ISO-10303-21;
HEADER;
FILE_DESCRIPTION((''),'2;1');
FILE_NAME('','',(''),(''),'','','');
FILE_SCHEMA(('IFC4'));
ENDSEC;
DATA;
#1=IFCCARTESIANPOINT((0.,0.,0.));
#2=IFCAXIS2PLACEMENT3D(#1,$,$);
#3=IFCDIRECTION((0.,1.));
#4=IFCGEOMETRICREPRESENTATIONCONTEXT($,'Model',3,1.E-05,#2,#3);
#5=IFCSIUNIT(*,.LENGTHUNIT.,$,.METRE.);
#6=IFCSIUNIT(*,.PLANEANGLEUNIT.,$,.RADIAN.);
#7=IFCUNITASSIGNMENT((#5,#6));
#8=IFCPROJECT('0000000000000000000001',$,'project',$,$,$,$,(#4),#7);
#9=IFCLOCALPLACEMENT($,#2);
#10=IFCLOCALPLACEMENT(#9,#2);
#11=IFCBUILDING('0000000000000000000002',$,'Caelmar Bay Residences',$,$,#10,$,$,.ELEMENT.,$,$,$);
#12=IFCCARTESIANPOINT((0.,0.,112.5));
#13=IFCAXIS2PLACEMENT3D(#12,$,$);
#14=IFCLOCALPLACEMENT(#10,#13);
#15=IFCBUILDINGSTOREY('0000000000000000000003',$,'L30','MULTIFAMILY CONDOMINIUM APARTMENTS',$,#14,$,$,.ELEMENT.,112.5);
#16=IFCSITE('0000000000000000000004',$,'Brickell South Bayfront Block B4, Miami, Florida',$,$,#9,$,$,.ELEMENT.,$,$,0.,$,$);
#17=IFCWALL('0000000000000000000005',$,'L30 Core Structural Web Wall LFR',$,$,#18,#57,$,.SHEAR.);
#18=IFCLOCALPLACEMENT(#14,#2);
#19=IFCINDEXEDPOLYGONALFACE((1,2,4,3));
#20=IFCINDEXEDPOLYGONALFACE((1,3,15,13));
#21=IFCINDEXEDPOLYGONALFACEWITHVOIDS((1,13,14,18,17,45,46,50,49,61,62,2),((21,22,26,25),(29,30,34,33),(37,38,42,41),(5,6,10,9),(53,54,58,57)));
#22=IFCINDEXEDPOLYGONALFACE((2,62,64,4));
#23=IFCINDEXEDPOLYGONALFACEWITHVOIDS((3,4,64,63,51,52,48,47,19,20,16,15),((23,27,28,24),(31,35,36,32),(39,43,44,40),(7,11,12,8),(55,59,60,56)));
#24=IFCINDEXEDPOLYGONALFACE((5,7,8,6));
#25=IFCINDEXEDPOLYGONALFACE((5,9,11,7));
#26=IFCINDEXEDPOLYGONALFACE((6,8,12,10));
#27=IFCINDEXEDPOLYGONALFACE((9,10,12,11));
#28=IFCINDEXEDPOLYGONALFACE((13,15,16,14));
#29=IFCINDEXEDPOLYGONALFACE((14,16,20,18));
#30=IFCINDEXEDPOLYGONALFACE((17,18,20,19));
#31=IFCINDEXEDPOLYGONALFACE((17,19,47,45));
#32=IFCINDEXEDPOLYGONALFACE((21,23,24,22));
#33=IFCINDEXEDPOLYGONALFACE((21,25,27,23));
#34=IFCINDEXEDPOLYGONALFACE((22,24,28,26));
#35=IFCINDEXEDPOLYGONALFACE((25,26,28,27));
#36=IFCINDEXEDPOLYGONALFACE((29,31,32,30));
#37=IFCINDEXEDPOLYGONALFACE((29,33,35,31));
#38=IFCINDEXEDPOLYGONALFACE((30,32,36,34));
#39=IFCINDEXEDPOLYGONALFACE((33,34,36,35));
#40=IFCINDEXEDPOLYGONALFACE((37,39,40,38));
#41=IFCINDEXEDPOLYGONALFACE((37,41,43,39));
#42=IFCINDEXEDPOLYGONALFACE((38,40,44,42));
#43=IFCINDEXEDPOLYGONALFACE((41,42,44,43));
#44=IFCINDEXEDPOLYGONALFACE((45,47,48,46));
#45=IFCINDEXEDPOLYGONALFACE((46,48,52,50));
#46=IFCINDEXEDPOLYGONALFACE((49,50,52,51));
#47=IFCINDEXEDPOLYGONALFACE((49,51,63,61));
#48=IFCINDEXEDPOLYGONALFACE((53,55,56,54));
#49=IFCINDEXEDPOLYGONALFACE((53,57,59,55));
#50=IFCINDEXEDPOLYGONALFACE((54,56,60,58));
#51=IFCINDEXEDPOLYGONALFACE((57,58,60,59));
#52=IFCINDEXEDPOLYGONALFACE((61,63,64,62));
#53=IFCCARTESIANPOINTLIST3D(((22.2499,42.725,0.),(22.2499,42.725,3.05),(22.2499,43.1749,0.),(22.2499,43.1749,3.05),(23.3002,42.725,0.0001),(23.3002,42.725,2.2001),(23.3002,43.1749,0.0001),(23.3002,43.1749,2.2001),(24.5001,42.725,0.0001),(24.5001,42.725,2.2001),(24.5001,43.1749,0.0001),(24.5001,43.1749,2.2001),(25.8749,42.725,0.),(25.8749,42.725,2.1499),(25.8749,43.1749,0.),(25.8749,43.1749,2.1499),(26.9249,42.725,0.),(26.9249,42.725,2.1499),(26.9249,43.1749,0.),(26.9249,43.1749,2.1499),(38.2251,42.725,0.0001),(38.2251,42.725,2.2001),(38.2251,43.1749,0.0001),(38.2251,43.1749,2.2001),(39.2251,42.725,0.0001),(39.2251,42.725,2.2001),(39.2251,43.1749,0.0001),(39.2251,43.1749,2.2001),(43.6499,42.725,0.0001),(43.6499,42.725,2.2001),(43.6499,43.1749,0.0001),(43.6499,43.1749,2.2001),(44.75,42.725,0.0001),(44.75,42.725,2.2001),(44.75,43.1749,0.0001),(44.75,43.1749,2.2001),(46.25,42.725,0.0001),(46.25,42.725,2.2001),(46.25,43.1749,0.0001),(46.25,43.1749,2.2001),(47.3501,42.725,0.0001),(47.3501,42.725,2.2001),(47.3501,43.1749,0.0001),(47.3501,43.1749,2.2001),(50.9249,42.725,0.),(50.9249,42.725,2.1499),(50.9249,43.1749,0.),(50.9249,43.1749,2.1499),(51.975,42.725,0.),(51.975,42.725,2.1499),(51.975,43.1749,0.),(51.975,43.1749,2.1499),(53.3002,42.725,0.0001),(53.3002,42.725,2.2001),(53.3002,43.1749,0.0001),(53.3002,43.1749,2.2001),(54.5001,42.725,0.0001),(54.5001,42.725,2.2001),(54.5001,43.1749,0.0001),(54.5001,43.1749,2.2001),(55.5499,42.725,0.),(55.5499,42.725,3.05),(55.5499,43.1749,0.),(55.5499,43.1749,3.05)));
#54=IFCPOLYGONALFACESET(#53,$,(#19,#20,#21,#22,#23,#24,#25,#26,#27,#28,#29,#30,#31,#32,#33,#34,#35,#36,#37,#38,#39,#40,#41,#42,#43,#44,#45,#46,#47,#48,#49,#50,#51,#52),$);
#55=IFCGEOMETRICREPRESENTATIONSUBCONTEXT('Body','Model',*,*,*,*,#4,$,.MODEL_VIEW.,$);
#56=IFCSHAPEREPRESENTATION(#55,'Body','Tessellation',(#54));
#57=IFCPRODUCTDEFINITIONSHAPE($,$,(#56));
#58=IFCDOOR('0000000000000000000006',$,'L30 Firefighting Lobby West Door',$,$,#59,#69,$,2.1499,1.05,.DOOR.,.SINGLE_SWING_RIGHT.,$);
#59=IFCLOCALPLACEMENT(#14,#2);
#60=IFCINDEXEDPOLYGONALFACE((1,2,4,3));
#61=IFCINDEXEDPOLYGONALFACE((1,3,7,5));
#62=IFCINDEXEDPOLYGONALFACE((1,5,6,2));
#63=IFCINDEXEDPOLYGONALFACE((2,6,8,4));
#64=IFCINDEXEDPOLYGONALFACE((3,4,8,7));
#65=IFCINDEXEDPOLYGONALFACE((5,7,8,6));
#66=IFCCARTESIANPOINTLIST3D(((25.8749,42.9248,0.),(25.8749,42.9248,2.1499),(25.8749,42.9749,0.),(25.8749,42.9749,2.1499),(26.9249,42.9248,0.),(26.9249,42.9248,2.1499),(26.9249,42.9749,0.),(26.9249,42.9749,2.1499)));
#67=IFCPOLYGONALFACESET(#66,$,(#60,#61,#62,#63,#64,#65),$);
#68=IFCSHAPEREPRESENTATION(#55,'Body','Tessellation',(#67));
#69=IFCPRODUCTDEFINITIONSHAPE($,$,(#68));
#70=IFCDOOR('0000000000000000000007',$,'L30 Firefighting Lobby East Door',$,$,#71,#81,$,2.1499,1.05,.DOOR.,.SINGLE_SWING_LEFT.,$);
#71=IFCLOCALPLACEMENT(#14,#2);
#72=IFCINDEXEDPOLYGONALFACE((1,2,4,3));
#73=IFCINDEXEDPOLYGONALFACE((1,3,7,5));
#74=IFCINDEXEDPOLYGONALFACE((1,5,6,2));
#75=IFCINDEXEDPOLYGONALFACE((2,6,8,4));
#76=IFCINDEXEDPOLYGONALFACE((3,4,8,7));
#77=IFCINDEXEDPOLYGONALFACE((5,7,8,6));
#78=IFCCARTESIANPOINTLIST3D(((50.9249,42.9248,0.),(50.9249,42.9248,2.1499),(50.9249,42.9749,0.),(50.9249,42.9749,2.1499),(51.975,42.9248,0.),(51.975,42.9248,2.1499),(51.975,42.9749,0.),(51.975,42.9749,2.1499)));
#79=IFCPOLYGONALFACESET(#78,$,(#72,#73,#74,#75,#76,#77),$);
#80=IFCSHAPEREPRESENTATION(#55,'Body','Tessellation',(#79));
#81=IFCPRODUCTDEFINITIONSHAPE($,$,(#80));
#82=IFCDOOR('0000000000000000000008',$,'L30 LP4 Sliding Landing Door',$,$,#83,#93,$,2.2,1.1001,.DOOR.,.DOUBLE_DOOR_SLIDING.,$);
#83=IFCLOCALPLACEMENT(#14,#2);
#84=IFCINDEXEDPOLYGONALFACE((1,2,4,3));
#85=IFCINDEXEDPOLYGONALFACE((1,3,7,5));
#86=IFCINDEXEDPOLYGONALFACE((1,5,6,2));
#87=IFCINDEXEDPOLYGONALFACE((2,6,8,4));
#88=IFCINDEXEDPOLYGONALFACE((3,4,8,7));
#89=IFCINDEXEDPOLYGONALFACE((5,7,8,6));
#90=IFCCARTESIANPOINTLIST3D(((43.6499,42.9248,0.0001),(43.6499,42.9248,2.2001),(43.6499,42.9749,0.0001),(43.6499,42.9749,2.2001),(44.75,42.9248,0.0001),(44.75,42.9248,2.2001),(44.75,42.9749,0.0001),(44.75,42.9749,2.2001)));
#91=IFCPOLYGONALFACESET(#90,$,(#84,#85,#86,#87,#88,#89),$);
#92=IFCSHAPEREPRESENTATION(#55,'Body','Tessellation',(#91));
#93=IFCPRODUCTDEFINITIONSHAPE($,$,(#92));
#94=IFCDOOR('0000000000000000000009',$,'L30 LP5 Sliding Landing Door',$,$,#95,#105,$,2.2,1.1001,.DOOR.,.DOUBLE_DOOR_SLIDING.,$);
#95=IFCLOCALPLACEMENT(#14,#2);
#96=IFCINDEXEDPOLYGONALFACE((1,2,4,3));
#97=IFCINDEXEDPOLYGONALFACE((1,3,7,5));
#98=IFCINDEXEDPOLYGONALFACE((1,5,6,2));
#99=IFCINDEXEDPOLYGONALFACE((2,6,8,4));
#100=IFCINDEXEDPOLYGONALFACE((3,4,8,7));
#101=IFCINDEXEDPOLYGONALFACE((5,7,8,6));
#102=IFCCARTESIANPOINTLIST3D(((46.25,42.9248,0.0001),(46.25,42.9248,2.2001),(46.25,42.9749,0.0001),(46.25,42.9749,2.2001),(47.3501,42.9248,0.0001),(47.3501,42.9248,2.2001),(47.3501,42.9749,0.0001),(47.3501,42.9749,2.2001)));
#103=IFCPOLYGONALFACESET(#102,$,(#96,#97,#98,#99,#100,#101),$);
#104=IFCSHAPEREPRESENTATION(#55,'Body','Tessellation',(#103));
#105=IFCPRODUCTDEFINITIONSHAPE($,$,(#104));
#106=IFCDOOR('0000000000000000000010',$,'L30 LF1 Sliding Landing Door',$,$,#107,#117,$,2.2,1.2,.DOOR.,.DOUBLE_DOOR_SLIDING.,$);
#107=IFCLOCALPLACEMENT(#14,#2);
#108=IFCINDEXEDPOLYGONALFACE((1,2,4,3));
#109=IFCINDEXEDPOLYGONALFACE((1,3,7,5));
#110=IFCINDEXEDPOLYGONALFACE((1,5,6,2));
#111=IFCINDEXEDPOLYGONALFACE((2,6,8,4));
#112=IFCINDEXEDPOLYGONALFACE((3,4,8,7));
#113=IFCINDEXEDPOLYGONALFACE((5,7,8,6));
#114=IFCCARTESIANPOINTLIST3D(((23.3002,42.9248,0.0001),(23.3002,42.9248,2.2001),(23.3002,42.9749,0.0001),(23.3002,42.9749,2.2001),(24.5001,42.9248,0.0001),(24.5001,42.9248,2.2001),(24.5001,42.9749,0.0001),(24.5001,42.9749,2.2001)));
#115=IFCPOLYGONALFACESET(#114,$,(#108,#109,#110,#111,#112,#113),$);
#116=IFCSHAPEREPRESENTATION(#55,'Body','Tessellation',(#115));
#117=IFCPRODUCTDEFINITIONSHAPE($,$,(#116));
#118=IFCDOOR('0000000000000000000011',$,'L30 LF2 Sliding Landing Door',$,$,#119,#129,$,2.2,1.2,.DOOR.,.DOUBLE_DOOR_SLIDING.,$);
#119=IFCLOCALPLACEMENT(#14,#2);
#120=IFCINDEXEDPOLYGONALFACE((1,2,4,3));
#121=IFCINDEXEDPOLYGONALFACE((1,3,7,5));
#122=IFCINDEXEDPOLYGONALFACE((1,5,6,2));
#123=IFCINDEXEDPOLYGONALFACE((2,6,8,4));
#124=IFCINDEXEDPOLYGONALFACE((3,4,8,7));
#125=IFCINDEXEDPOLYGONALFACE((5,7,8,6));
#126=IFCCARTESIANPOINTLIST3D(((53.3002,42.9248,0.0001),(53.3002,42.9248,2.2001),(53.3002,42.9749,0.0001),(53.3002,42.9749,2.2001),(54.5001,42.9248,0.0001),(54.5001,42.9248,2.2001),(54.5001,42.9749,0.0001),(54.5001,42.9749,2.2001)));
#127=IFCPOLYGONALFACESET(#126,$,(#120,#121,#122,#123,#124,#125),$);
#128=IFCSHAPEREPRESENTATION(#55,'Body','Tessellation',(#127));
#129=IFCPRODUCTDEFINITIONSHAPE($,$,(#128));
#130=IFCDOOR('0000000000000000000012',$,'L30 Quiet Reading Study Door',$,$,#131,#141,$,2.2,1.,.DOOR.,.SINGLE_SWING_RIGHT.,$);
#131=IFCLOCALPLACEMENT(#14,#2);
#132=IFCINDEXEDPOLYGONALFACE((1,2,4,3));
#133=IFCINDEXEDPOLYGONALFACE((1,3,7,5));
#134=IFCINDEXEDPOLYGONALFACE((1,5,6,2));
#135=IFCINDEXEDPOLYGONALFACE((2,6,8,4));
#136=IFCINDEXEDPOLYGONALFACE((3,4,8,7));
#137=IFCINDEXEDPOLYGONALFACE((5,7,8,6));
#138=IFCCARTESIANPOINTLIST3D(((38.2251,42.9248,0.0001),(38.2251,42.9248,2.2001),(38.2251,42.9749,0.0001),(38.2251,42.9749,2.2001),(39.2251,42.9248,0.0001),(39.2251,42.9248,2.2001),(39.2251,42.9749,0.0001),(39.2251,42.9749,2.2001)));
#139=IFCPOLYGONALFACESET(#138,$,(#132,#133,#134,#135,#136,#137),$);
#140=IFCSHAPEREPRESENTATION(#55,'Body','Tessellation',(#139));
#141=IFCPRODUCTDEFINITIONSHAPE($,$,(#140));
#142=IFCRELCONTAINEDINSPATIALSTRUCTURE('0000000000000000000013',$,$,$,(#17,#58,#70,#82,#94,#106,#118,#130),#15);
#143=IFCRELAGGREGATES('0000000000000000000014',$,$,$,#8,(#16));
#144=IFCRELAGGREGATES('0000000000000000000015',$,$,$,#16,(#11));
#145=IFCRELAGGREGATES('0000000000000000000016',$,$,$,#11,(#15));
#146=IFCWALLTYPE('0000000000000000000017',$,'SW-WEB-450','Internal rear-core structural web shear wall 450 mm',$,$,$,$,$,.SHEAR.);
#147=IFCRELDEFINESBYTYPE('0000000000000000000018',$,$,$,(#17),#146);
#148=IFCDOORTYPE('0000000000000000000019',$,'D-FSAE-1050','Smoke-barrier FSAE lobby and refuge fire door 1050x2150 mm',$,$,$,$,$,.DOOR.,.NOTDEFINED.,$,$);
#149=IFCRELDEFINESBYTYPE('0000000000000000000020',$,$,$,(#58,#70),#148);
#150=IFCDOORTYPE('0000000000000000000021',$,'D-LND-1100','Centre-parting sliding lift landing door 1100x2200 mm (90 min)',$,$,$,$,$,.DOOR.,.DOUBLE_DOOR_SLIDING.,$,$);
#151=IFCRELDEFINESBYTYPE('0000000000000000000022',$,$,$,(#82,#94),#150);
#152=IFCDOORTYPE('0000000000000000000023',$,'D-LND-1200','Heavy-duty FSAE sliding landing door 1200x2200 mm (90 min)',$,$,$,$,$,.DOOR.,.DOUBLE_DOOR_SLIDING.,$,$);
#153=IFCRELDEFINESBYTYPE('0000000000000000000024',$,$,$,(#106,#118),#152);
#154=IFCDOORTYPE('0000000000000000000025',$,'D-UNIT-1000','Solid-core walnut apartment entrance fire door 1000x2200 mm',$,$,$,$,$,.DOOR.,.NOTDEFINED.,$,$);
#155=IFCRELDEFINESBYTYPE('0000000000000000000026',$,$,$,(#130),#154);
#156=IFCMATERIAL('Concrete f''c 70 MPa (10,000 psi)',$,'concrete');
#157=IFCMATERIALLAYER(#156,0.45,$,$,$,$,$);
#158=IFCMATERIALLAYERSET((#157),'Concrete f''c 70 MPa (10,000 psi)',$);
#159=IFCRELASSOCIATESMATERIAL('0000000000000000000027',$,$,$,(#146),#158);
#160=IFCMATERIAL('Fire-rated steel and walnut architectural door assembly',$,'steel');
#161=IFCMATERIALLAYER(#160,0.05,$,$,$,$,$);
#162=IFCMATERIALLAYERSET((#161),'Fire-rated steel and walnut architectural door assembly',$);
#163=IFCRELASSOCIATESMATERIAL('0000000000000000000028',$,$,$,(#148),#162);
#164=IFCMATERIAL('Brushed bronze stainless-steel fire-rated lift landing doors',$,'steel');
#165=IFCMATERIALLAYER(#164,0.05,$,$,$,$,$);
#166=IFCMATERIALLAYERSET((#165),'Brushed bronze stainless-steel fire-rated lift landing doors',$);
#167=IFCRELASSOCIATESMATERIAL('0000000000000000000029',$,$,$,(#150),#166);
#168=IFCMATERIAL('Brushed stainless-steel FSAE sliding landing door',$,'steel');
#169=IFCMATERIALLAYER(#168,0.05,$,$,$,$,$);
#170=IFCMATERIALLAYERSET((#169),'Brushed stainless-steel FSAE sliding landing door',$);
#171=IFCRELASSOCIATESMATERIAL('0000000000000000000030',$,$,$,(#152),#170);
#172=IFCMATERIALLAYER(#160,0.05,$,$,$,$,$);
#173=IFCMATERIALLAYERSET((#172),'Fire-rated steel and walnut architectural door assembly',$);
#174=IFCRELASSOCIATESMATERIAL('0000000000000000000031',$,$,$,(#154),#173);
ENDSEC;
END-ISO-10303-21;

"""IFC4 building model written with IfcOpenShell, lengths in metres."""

from ifc_helpers import new_model, si_unit, direction, frame, frame_2d, origin, place, context, subcontext, project, spatial, rectangle, extrude, material, layer, layer_set, type_object, element, fill, save


model = new_model("IFC4")

# Units and contexts
model_context = context("Model", 3, precision=1e-05, world=origin(), true_north=direction((0.0, 1.0)))
body_context = subcontext(model_context, "Body", "Model", "MODEL_VIEW")
ifc_project = project(units=[si_unit("LENGTHUNIT", "METRE"), si_unit("PLANEANGLEUNIT", "RADIAN")], contexts=[model_context])

# Site, building, storey
site_placement = place(None, origin())
site = spatial("IfcSite", under=ifc_project, at=site_placement, Name="Brickell South Bayfront Block B4, Miami, Florida", CompositionType="ELEMENT", RefElevation=0.0)
building_placement = place(site_placement, origin())
building = spatial("IfcBuilding", under=site, at=building_placement, Name="Caelmar Bay Residences", CompositionType="ELEMENT")
storey_placement = place(building_placement, frame((0.0, 0.0, 112.5)))
storey = spatial("IfcBuildingStorey", under=building, at=storey_placement, Name="L30", Description="MULTIFAMILY CONDOMINIUM APARTMENTS", CompositionType="ELEMENT", Elevation=112.5)

# Shared definitions
ifc_material_1 = material(Name="Concrete f'c 70 MPa (10,000 psi)", Category="concrete")
ifc_layer_1 = layer(ifc_material_1, 0.45)
ifc_layer_set_1 = layer_set([ifc_layer_1], Name="Concrete f'c 70 MPa (10,000 psi)")
wall_type_1 = type_object("IfcWallType", Name="SW-WEB-450", Description="Internal rear-core structural web shear wall 450 mm", PredefinedType="SHEAR", material=ifc_layer_set_1)

# Wall, openings, doors
wall_1_placement = place(storey_placement, frame((22.25, 42.95, 0.0), z_axis=(0.0, 0.0, 1.0), x_axis=(1.0, 0.0, 0.0)))
wall_1 = element("IfcWall", 1, at=wall_1_placement, inside=storey, type_object=wall_type_1, Name="L30 Core Structural Web Wall LFR", PredefinedType="SHEAR", context=body_context, shape_type="SweptSolid", body=[
    extrude(rectangle(XDim=33.3, YDim=0.45, at=frame_2d((16.6499, 0.0))), origin(), (0.0, 0.0, 1.0), 3.05),
])
opening_1_placement = place(wall_1_placement, frame((1.05, 0.0, 0.0)))
opening_1 = element("IfcOpeningElement", 2, at=opening_1_placement, cuts=wall_1, PredefinedType="OPENING", context=body_context, shape_type="SweptSolid", body=[
    extrude(rectangle(XDim=1.2, YDim=2.2, at=frame_2d((0.6001, 1.1001))), frame((0.0, 0.2349, 0.0), z_axis=(0.0, -1.0, 0.0), x_axis=(1.0, 0.0, 0.0)), (0.0, 0.0, 1.0), 0.47),
])
opening_2_placement = place(wall_1_placement, frame((31.05, 0.0, 0.0)))
opening_2 = element("IfcOpeningElement", 3, at=opening_2_placement, cuts=wall_1, PredefinedType="OPENING", context=body_context, shape_type="SweptSolid", body=[
    extrude(rectangle(XDim=1.2, YDim=2.2, at=frame_2d((0.6001, 1.1001))), frame((0.0, 0.2349, 0.0), z_axis=(0.0, -1.0, 0.0), x_axis=(1.0, 0.0, 0.0)), (0.0, 0.0, 1.0), 0.47),
])
opening_3_placement = place(wall_1_placement, frame((21.3999, 0.0, 0.0)))
opening_3 = element("IfcOpeningElement", 4, at=opening_3_placement, cuts=wall_1, PredefinedType="OPENING", context=body_context, shape_type="SweptSolid", body=[
    extrude(rectangle(XDim=1.1001, YDim=2.2, at=frame_2d((0.55, 1.1001))), frame((0.0, 0.2349, 0.0), z_axis=(0.0, -1.0, 0.0), x_axis=(1.0, 0.0, 0.0)), (0.0, 0.0, 1.0), 0.47),
])
opening_4_placement = place(wall_1_placement, frame((24.0, 0.0, 0.0)))
opening_4 = element("IfcOpeningElement", 5, at=opening_4_placement, cuts=wall_1, PredefinedType="OPENING", context=body_context, shape_type="SweptSolid", body=[
    extrude(rectangle(XDim=1.1001, YDim=2.2, at=frame_2d((0.55, 1.1001))), frame((0.0, 0.2349, 0.0), z_axis=(0.0, -1.0, 0.0), x_axis=(1.0, 0.0, 0.0)), (0.0, 0.0, 1.0), 0.47),
])
opening_5_placement = place(wall_1_placement, frame((3.625, 0.0, 0.0)))
opening_5 = element("IfcOpeningElement", 6, at=opening_5_placement, cuts=wall_1, PredefinedType="OPENING", context=body_context, shape_type="SweptSolid", body=[
    extrude(rectangle(XDim=1.05, YDim=2.1499, at=frame_2d((0.5249, 1.075))), frame((0.0, 0.2349, 0.0), z_axis=(0.0, -1.0, 0.0), x_axis=(1.0, 0.0, 0.0)), (0.0, 0.0, 1.0), 0.47),
])
opening_6_placement = place(wall_1_placement, frame((28.675, 0.0, 0.0)))
opening_6 = element("IfcOpeningElement", 7, at=opening_6_placement, cuts=wall_1, PredefinedType="OPENING", context=body_context, shape_type="SweptSolid", body=[
    extrude(rectangle(XDim=1.05, YDim=2.1499, at=frame_2d((0.5249, 1.075))), frame((0.0, 0.2349, 0.0), z_axis=(0.0, -1.0, 0.0), x_axis=(1.0, 0.0, 0.0)), (0.0, 0.0, 1.0), 0.47),
])
opening_7_placement = place(wall_1_placement, frame((15.9751, 0.0, 0.0)))
opening_7 = element("IfcOpeningElement", 8, at=opening_7_placement, cuts=wall_1, PredefinedType="OPENING", context=body_context, shape_type="SweptSolid", body=[
    extrude(rectangle(XDim=1.0, YDim=2.2, at=frame_2d((0.5, 1.1001))), frame((0.0, 0.2349, 0.0), z_axis=(0.0, -1.0, 0.0), x_axis=(1.0, 0.0, 0.0)), (0.0, 0.0, 1.0), 0.47),
])
ifc_material_2 = material(Name="Fire-rated steel and walnut architectural door assembly", Category="steel")
ifc_layer_2 = layer(ifc_material_2, 0.05)
ifc_layer_set_2 = layer_set([ifc_layer_2], Name="Fire-rated steel and walnut architectural door assembly")
door_type_1 = type_object("IfcDoorType", Name="D-FSAE-1050", Description="Smoke-barrier FSAE lobby and refuge fire door 1050x2150 mm", OperationType="NOTDEFINED", PredefinedType="DOOR", material=ifc_layer_set_2)
door_1_placement = place(opening_5_placement, origin())
door_1 = element("IfcDoor", 9, at=door_1_placement, inside=storey, type_object=door_type_1, Name="L30 Firefighting Lobby West Door", OperationType="SINGLE_SWING_RIGHT", OverallHeight=2.1499, OverallWidth=1.05, PredefinedType="DOOR", context=body_context, shape_type="SweptSolid", body=[
    extrude(rectangle(XDim=1.05, YDim=2.1499, at=frame_2d((0.5249, 1.075))), frame((0.0, 0.0249, 0.0), z_axis=(0.0, -1.0, 0.0), x_axis=(1.0, 0.0, 0.0)), (0.0, 0.0, 1.0), 0.05),
])
fill(opening_5, door_1)
door_2_placement = place(opening_6_placement, origin())
door_2 = element("IfcDoor", 10, at=door_2_placement, inside=storey, type_object=door_type_1, Name="L30 Firefighting Lobby East Door", OperationType="SINGLE_SWING_LEFT", OverallHeight=2.1499, OverallWidth=1.05, PredefinedType="DOOR", context=body_context, shape_type="SweptSolid", body=[
    extrude(rectangle(XDim=1.05, YDim=2.1499, at=frame_2d((0.5249, 1.075))), frame((0.0, 0.0249, 0.0), z_axis=(0.0, -1.0, 0.0), x_axis=(1.0, 0.0, 0.0)), (0.0, 0.0, 1.0), 0.05),
])
fill(opening_6, door_2)
ifc_material_3 = material(Name="Brushed bronze stainless-steel fire-rated lift landing doors", Category="steel")
ifc_layer_3 = layer(ifc_material_3, 0.05)
ifc_layer_set_3 = layer_set([ifc_layer_3], Name="Brushed bronze stainless-steel fire-rated lift landing doors")
door_type_2 = type_object("IfcDoorType", Name="D-LND-1100", Description="Centre-parting sliding lift landing door 1100x2200 mm (90 min)", OperationType="DOUBLE_DOOR_SLIDING", PredefinedType="DOOR", material=ifc_layer_set_3)
door_3_placement = place(opening_3_placement, origin())
door_3 = element("IfcDoor", 11, at=door_3_placement, inside=storey, type_object=door_type_2, Name="L30 LP4 Sliding Landing Door", OperationType="DOUBLE_DOOR_SLIDING", OverallHeight=2.2, OverallWidth=1.1001, PredefinedType="DOOR", context=body_context, shape_type="SweptSolid", body=[
    extrude(rectangle(XDim=1.1001, YDim=2.2, at=frame_2d((0.55, 1.1001))), frame((0.0, 0.0249, 0.0), z_axis=(0.0, -1.0, 0.0), x_axis=(1.0, 0.0, 0.0)), (0.0, 0.0, 1.0), 0.05),
])
fill(opening_3, door_3)
door_4_placement = place(opening_4_placement, origin())
door_4 = element("IfcDoor", 12, at=door_4_placement, inside=storey, type_object=door_type_2, Name="L30 LP5 Sliding Landing Door", OperationType="DOUBLE_DOOR_SLIDING", OverallHeight=2.2, OverallWidth=1.1001, PredefinedType="DOOR", context=body_context, shape_type="SweptSolid", body=[
    extrude(rectangle(XDim=1.1001, YDim=2.2, at=frame_2d((0.55, 1.1001))), frame((0.0, 0.0249, 0.0), z_axis=(0.0, -1.0, 0.0), x_axis=(1.0, 0.0, 0.0)), (0.0, 0.0, 1.0), 0.05),
])
fill(opening_4, door_4)
ifc_material_4 = material(Name="Brushed stainless-steel FSAE sliding landing door", Category="steel")
ifc_layer_4 = layer(ifc_material_4, 0.05)
ifc_layer_set_4 = layer_set([ifc_layer_4], Name="Brushed stainless-steel FSAE sliding landing door")
door_type_3 = type_object("IfcDoorType", Name="D-LND-1200", Description="Heavy-duty FSAE sliding landing door 1200x2200 mm (90 min)", OperationType="DOUBLE_DOOR_SLIDING", PredefinedType="DOOR", material=ifc_layer_set_4)
door_5_placement = place(opening_1_placement, origin())
door_5 = element("IfcDoor", 13, at=door_5_placement, inside=storey, type_object=door_type_3, Name="L30 LF1 Sliding Landing Door", OperationType="DOUBLE_DOOR_SLIDING", OverallHeight=2.2, OverallWidth=1.2, PredefinedType="DOOR", context=body_context, shape_type="SweptSolid", body=[
    extrude(rectangle(XDim=1.2, YDim=2.2, at=frame_2d((0.6001, 1.1001))), frame((0.0, 0.0249, 0.0), z_axis=(0.0, -1.0, 0.0), x_axis=(1.0, 0.0, 0.0)), (0.0, 0.0, 1.0), 0.05),
])
fill(opening_1, door_5)
door_6_placement = place(opening_2_placement, origin())
door_6 = element("IfcDoor", 14, at=door_6_placement, inside=storey, type_object=door_type_3, Name="L30 LF2 Sliding Landing Door", OperationType="DOUBLE_DOOR_SLIDING", OverallHeight=2.2, OverallWidth=1.2, PredefinedType="DOOR", context=body_context, shape_type="SweptSolid", body=[
    extrude(rectangle(XDim=1.2, YDim=2.2, at=frame_2d((0.6001, 1.1001))), frame((0.0, 0.0249, 0.0), z_axis=(0.0, -1.0, 0.0), x_axis=(1.0, 0.0, 0.0)), (0.0, 0.0, 1.0), 0.05),
])
fill(opening_2, door_6)
ifc_layer_5 = layer(ifc_material_2, 0.05)
ifc_layer_set_5 = layer_set([ifc_layer_5], Name="Fire-rated steel and walnut architectural door assembly")
door_type_4 = type_object("IfcDoorType", Name="D-UNIT-1000", Description="Solid-core walnut apartment entrance fire door 1000x2200 mm", OperationType="NOTDEFINED", PredefinedType="DOOR", material=ifc_layer_set_5)
door_7_placement = place(opening_7_placement, origin())
door_7 = element("IfcDoor", 15, at=door_7_placement, inside=storey, type_object=door_type_4, Name="L30 Quiet Reading Study Door", OperationType="SINGLE_SWING_RIGHT", OverallHeight=2.2, OverallWidth=1.0, PredefinedType="DOOR", context=body_context, shape_type="SweptSolid", body=[
    extrude(rectangle(XDim=1.0, YDim=2.2, at=frame_2d((0.5, 1.1001))), frame((0.0, 0.0249, 0.0), z_axis=(0.0, -1.0, 0.0), x_axis=(1.0, 0.0, 0.0)), (0.0, 0.0, 1.0), 0.05),
])
fill(opening_7, door_7)

save(model, "model.ifc")
